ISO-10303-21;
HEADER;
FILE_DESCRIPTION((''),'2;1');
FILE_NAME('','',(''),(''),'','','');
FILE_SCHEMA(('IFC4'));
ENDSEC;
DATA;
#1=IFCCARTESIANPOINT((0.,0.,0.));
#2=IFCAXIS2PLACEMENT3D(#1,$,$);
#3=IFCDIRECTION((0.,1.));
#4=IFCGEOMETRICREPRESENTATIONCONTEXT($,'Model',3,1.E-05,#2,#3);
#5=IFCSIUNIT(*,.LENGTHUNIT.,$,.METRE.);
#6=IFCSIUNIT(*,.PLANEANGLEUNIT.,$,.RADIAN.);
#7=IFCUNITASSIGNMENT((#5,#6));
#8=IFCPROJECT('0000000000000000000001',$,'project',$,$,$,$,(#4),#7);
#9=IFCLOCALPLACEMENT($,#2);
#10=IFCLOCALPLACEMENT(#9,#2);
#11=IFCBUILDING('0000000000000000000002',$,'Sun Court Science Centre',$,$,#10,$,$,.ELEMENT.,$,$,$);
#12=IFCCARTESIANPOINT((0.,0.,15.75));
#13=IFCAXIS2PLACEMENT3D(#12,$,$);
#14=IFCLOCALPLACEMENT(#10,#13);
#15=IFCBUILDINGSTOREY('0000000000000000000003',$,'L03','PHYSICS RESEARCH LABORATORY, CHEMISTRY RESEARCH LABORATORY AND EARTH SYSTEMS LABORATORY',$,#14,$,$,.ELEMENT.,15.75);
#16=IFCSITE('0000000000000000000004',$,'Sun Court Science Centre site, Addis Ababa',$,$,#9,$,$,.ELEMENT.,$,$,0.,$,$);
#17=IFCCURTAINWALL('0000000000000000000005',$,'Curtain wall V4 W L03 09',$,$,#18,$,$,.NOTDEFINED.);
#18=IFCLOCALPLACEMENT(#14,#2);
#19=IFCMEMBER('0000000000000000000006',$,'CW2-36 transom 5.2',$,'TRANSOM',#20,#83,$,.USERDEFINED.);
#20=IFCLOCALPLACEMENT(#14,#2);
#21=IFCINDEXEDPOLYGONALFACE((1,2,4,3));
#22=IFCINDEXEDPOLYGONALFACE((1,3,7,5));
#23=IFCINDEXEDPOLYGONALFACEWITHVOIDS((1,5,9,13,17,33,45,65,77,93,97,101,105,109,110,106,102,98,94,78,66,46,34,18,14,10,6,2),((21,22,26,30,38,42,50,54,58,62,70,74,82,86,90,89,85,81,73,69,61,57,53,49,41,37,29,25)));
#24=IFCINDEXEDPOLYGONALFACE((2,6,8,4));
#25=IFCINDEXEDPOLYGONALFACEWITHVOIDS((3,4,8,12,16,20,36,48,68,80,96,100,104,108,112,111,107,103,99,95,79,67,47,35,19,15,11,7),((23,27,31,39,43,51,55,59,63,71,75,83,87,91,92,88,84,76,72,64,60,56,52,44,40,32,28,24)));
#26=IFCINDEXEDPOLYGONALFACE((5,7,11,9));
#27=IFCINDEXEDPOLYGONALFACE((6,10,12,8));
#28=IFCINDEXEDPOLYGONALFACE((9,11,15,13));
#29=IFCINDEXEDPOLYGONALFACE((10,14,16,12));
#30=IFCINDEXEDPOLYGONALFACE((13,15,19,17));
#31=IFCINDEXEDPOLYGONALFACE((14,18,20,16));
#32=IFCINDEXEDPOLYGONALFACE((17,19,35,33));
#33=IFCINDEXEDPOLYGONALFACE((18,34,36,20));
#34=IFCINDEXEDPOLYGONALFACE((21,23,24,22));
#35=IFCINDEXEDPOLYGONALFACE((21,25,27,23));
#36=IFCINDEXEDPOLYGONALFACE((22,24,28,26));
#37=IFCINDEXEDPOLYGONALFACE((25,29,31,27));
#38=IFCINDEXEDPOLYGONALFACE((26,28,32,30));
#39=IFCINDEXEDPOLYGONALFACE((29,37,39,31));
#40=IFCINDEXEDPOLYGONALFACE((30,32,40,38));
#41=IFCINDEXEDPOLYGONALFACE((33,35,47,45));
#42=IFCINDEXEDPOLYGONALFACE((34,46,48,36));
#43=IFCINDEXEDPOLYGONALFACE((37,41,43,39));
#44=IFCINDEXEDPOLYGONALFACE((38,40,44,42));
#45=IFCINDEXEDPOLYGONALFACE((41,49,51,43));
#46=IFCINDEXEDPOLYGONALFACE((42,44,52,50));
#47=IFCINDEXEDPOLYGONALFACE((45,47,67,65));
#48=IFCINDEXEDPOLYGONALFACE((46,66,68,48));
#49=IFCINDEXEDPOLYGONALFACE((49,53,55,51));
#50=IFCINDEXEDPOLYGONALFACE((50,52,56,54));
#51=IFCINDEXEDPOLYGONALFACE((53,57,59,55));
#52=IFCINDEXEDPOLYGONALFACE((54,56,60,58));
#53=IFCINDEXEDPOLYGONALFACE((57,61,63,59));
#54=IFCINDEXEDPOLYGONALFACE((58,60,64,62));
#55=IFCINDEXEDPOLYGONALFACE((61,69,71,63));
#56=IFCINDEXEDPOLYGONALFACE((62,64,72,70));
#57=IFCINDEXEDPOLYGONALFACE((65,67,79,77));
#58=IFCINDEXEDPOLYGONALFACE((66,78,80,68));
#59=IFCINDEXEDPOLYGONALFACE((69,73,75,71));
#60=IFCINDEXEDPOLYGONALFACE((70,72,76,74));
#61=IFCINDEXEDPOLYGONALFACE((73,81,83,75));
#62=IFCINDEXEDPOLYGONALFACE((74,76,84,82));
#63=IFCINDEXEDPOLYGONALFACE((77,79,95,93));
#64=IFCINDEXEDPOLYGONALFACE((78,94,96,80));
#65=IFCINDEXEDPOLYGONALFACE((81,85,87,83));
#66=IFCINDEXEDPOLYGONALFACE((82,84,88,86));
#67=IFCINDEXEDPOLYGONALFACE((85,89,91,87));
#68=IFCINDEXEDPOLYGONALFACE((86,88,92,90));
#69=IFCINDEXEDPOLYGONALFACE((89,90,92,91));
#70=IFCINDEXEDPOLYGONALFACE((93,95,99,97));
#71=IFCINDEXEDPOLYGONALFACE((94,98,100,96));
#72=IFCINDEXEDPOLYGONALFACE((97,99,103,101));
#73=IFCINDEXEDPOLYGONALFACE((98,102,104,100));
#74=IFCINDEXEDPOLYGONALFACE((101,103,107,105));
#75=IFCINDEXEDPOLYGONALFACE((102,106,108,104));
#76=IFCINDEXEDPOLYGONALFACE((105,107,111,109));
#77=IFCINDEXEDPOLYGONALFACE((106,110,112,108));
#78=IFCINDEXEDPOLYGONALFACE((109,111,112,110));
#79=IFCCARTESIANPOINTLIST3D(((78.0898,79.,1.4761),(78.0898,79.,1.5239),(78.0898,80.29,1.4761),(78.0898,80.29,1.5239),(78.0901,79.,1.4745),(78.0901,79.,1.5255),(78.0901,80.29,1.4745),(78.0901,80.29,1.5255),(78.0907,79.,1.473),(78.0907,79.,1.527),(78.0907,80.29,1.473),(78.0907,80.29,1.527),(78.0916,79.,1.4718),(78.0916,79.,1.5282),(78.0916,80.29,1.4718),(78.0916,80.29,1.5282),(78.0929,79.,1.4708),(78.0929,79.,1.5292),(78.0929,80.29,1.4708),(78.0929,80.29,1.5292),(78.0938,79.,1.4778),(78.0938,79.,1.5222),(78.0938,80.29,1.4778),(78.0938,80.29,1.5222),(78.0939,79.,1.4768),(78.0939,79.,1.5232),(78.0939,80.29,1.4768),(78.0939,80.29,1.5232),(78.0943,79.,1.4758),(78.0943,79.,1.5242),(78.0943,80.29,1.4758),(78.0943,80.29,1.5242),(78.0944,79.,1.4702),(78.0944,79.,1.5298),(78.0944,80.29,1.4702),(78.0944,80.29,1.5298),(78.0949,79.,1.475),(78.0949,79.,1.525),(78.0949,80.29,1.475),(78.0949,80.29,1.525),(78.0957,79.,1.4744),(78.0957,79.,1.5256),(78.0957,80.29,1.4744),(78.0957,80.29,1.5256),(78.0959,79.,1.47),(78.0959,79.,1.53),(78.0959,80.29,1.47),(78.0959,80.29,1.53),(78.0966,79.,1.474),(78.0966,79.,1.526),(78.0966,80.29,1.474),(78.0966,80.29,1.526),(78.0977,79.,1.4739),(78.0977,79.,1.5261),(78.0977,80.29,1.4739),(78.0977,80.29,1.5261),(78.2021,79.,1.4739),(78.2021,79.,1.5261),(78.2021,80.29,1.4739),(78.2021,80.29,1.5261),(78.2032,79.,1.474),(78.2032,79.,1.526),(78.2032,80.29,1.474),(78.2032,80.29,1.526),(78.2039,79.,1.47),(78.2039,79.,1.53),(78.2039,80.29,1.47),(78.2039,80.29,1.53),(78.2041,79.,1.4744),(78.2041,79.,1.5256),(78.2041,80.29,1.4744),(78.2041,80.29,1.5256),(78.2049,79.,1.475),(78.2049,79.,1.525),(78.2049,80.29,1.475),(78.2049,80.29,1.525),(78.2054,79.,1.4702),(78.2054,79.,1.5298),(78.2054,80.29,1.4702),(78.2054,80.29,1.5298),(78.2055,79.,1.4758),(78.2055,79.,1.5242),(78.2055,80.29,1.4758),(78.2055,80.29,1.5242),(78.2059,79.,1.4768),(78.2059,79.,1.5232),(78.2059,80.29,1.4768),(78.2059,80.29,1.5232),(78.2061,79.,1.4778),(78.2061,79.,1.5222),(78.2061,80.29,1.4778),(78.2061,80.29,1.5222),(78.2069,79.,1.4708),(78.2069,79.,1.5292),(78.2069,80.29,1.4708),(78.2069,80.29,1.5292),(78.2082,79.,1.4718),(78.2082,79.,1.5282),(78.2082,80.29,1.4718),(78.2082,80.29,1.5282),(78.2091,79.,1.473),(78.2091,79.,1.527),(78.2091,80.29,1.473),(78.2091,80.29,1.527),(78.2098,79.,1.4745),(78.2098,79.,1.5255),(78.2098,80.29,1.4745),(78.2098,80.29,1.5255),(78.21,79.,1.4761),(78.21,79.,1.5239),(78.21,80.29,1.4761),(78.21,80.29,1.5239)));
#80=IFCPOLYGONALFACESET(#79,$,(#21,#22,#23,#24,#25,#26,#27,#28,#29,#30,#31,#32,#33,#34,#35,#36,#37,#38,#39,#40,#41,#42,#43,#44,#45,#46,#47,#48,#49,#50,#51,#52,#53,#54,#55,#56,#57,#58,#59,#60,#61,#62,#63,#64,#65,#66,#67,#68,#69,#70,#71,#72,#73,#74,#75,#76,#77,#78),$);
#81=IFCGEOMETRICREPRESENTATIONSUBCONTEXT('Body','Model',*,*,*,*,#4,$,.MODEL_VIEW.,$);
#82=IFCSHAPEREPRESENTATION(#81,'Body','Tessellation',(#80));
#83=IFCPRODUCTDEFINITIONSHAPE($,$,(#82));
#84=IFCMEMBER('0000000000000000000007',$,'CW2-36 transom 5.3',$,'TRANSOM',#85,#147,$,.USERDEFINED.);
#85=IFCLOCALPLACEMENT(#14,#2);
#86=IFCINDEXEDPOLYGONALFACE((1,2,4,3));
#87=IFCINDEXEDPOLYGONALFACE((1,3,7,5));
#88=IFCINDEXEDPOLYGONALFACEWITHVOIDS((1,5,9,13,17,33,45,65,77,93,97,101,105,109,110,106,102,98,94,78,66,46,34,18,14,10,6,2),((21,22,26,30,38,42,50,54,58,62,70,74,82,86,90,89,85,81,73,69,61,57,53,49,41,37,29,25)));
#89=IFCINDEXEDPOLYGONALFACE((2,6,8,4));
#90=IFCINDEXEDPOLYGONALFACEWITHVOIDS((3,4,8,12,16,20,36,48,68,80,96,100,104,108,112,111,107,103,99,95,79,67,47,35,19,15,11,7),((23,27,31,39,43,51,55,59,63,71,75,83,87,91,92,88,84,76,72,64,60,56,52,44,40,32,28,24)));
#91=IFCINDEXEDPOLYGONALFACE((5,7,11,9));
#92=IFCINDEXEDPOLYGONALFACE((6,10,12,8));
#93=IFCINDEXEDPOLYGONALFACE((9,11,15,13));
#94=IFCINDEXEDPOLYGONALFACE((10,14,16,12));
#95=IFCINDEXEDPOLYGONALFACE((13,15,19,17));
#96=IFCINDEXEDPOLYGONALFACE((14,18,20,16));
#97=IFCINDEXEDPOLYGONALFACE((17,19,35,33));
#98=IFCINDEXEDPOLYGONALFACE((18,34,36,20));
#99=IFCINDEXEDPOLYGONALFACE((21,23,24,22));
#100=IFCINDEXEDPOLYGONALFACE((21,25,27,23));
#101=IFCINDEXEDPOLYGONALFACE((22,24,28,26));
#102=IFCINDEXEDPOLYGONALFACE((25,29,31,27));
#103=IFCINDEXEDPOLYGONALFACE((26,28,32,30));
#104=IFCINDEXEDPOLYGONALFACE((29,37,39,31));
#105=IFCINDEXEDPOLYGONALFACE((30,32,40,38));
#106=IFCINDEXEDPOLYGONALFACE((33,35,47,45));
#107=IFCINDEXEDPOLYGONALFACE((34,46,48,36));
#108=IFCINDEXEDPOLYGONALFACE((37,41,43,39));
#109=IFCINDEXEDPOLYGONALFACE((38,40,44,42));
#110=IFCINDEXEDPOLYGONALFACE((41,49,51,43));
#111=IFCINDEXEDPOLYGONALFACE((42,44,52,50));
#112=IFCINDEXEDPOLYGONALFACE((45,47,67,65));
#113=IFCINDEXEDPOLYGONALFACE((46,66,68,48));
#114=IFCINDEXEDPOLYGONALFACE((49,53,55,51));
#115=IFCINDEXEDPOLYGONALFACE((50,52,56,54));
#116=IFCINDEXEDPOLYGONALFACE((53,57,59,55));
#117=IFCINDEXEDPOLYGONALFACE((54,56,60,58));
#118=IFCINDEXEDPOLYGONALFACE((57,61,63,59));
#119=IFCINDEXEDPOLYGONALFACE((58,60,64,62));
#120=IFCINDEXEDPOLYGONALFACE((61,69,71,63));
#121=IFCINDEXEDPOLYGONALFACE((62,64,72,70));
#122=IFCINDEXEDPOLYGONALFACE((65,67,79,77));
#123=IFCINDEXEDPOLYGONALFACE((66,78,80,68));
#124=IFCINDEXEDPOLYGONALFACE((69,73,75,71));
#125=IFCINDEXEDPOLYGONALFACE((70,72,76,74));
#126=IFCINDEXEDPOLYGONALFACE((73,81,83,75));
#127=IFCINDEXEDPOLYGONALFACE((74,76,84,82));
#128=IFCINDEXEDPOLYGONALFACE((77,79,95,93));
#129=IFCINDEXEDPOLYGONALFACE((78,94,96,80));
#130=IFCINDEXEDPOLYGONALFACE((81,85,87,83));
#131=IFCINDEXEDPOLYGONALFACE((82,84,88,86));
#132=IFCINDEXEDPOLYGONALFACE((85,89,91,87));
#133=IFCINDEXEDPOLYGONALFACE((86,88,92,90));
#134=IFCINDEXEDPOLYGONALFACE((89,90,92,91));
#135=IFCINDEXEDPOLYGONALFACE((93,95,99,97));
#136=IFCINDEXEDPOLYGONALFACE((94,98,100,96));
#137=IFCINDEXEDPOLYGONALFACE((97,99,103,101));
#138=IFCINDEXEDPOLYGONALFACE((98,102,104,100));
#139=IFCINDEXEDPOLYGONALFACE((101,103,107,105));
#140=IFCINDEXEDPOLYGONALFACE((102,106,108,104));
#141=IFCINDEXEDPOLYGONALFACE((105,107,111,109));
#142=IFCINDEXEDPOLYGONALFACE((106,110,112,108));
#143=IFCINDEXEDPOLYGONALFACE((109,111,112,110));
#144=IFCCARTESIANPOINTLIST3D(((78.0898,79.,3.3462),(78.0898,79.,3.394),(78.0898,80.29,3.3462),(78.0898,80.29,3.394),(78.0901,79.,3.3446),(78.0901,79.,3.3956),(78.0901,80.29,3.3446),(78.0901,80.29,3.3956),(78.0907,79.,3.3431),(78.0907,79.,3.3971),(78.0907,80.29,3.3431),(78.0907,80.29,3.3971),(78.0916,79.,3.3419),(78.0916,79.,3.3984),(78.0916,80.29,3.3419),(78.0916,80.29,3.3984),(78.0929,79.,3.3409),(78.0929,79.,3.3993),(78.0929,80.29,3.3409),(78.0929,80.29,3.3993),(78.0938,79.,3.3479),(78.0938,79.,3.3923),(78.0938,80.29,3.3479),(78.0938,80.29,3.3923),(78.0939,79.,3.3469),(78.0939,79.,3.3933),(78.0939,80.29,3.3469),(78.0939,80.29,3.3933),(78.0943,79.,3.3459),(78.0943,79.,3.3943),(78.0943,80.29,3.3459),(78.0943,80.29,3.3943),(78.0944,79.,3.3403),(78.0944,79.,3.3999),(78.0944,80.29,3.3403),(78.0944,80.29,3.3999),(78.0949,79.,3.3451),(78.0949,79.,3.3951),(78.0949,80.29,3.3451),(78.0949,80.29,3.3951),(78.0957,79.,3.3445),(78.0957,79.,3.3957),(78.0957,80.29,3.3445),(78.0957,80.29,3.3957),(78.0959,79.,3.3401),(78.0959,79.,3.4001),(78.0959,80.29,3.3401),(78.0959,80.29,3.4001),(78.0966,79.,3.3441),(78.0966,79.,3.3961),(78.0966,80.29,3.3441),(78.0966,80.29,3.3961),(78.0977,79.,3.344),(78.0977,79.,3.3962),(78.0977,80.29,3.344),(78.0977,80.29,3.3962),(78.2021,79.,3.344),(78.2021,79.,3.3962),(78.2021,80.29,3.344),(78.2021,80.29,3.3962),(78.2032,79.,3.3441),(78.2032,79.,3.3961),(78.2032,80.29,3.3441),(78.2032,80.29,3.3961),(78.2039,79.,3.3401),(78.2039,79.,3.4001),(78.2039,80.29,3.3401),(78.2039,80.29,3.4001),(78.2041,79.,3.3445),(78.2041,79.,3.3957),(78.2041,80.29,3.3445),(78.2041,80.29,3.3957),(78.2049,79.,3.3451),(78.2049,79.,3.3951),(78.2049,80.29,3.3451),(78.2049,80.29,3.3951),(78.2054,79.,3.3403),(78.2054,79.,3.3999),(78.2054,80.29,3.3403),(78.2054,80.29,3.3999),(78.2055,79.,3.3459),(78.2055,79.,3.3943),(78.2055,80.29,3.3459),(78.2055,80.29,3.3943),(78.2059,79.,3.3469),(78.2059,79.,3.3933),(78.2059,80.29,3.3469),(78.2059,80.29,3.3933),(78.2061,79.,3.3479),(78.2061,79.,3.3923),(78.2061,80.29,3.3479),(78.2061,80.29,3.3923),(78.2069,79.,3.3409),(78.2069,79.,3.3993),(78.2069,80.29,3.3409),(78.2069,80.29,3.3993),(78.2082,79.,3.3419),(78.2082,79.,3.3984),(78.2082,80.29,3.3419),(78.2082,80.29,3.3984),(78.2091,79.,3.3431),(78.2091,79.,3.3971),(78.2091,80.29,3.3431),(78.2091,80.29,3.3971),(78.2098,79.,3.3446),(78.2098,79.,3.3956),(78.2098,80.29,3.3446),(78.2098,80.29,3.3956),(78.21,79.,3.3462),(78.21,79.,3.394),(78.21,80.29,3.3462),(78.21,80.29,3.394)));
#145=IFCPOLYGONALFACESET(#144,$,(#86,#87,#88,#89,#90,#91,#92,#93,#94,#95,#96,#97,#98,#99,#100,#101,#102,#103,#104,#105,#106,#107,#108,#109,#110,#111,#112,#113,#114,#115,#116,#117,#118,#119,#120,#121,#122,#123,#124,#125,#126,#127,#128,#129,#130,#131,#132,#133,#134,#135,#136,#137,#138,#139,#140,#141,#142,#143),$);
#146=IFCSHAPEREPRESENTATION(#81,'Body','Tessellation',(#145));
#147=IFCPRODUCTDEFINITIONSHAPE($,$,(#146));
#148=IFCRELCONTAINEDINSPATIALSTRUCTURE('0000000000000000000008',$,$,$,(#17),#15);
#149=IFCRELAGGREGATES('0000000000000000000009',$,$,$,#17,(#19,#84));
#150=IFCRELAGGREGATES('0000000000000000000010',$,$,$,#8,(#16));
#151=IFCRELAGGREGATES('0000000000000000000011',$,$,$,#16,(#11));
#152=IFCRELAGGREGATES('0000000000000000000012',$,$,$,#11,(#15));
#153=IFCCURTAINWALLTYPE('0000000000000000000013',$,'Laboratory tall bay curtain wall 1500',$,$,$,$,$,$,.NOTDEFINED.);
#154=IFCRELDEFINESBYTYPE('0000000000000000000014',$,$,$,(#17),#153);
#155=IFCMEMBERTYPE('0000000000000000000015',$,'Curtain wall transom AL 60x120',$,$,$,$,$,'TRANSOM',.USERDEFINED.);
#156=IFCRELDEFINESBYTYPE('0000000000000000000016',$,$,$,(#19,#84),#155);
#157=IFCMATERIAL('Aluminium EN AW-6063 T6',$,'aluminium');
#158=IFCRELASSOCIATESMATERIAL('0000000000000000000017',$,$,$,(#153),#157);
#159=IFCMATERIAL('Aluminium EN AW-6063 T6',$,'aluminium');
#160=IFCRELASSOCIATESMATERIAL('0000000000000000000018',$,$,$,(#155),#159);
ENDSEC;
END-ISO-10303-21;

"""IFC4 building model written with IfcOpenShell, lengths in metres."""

from ifc_helpers import new_model, si_unit, direction, frame, origin, origin_2d, place, context, subcontext, project, spatial, hollow_rectangle, extrude, material, material_profile, profile_set, type_object, element, aggregate, save


model = new_model("IFC4")

# Units and contexts
model_context = context("Model", 3, precision=1e-05, world=origin(), true_north=direction((0.0, 1.0)))
body_context = subcontext(model_context, "Body", "Model", "MODEL_VIEW")
ifc_project = project(units=[si_unit("LENGTHUNIT", "METRE"), si_unit("PLANEANGLEUNIT", "RADIAN")], contexts=[model_context])

# Site, building, storey
site_placement = place(None, origin())
site = spatial("IfcSite", under=ifc_project, at=site_placement, Name="Sun Court Science Centre site, Addis Ababa", CompositionType="ELEMENT", RefElevation=0.0)
building_placement = place(site_placement, origin())
building = spatial("IfcBuilding", under=site, at=building_placement, Name="Sun Court Science Centre", CompositionType="ELEMENT")
storey_placement = place(building_placement, frame((0.0, 0.0, 15.75)))
storey = spatial("IfcBuildingStorey", under=building, at=storey_placement, Name="L03", Description="PHYSICS RESEARCH LABORATORY, CHEMISTRY RESEARCH LABORATORY AND EARTH SYSTEMS LABORATORY", CompositionType="ELEMENT", Elevation=15.75)

# Curtain wall
ifc_material_1 = material(Name="Aluminium EN AW-6063 T6", Category="aluminium")
curtain_wall_type = type_object("IfcCurtainWallType", Name="Laboratory tall bay curtain wall 1500", PredefinedType="NOTDEFINED", material=ifc_material_1)
curtain_wall_1_placement = place(storey_placement, origin())
curtain_wall_1 = element("IfcCurtainWall", 1, at=curtain_wall_1_placement, inside=storey, type_object=curtain_wall_type, Name="Curtain wall V4 W L03 09", PredefinedType="NOTDEFINED")

# Members
ifc_material_2 = material(Name="Aluminium EN AW-6063 T6", Category="aluminium")
ifc_material_profile_1 = material_profile(ifc_material_2, hollow_rectangle(XDim=0.0601, YDim=0.1201, WallThickness=0.0039, InnerFilletRadius=0.0039, OuterFilletRadius=0.0061, at=origin_2d()), Name="AL 60x120x4")
ifc_profile_set_1 = profile_set([ifc_material_profile_1], Name="Aluminium EN AW-6063 T6")
member_type_1 = type_object("IfcMemberType", Name="Curtain wall transom AL 60x120", ElementType="TRANSOM", PredefinedType="USERDEFINED", material=ifc_profile_set_1)
member_1_placement = place(storey_placement, frame((78.1499, 79.0, 1.5), z_axis=(0.0, 1.0, 0.0), x_axis=(0.0, 0.0, 1.0)))
member_1 = element("IfcMember", 2, at=member_1_placement, type_object=member_type_1, Name="CW2-36 transom 5.2", ObjectType="TRANSOM", PredefinedType="USERDEFINED", context=body_context, shape_type="SweptSolid", body=[
    extrude(hollow_rectangle(XDim=0.0601, YDim=0.1201, WallThickness=0.0039, InnerFilletRadius=0.0039, OuterFilletRadius=0.0061, at=origin_2d()), origin(), (0.0, 0.0, 1.0), 1.29),
])
member_2_placement = place(storey_placement, frame((78.1499, 79.0, 3.3701), z_axis=(0.0, 1.0, 0.0), x_axis=(0.0, 0.0, 1.0)))
member_2 = element("IfcMember", 3, at=member_2_placement, type_object=member_type_1, Name="CW2-36 transom 5.3", ObjectType="TRANSOM", PredefinedType="USERDEFINED", context=body_context, shape_type="SweptSolid", body=[
    extrude(hollow_rectangle(XDim=0.0601, YDim=0.1201, WallThickness=0.0039, InnerFilletRadius=0.0039, OuterFilletRadius=0.0061, at=origin_2d()), origin(), (0.0, 0.0, 1.0), 1.29),
])

aggregate(curtain_wall_1, [member_1, member_2])

save(model, "model.ifc")
